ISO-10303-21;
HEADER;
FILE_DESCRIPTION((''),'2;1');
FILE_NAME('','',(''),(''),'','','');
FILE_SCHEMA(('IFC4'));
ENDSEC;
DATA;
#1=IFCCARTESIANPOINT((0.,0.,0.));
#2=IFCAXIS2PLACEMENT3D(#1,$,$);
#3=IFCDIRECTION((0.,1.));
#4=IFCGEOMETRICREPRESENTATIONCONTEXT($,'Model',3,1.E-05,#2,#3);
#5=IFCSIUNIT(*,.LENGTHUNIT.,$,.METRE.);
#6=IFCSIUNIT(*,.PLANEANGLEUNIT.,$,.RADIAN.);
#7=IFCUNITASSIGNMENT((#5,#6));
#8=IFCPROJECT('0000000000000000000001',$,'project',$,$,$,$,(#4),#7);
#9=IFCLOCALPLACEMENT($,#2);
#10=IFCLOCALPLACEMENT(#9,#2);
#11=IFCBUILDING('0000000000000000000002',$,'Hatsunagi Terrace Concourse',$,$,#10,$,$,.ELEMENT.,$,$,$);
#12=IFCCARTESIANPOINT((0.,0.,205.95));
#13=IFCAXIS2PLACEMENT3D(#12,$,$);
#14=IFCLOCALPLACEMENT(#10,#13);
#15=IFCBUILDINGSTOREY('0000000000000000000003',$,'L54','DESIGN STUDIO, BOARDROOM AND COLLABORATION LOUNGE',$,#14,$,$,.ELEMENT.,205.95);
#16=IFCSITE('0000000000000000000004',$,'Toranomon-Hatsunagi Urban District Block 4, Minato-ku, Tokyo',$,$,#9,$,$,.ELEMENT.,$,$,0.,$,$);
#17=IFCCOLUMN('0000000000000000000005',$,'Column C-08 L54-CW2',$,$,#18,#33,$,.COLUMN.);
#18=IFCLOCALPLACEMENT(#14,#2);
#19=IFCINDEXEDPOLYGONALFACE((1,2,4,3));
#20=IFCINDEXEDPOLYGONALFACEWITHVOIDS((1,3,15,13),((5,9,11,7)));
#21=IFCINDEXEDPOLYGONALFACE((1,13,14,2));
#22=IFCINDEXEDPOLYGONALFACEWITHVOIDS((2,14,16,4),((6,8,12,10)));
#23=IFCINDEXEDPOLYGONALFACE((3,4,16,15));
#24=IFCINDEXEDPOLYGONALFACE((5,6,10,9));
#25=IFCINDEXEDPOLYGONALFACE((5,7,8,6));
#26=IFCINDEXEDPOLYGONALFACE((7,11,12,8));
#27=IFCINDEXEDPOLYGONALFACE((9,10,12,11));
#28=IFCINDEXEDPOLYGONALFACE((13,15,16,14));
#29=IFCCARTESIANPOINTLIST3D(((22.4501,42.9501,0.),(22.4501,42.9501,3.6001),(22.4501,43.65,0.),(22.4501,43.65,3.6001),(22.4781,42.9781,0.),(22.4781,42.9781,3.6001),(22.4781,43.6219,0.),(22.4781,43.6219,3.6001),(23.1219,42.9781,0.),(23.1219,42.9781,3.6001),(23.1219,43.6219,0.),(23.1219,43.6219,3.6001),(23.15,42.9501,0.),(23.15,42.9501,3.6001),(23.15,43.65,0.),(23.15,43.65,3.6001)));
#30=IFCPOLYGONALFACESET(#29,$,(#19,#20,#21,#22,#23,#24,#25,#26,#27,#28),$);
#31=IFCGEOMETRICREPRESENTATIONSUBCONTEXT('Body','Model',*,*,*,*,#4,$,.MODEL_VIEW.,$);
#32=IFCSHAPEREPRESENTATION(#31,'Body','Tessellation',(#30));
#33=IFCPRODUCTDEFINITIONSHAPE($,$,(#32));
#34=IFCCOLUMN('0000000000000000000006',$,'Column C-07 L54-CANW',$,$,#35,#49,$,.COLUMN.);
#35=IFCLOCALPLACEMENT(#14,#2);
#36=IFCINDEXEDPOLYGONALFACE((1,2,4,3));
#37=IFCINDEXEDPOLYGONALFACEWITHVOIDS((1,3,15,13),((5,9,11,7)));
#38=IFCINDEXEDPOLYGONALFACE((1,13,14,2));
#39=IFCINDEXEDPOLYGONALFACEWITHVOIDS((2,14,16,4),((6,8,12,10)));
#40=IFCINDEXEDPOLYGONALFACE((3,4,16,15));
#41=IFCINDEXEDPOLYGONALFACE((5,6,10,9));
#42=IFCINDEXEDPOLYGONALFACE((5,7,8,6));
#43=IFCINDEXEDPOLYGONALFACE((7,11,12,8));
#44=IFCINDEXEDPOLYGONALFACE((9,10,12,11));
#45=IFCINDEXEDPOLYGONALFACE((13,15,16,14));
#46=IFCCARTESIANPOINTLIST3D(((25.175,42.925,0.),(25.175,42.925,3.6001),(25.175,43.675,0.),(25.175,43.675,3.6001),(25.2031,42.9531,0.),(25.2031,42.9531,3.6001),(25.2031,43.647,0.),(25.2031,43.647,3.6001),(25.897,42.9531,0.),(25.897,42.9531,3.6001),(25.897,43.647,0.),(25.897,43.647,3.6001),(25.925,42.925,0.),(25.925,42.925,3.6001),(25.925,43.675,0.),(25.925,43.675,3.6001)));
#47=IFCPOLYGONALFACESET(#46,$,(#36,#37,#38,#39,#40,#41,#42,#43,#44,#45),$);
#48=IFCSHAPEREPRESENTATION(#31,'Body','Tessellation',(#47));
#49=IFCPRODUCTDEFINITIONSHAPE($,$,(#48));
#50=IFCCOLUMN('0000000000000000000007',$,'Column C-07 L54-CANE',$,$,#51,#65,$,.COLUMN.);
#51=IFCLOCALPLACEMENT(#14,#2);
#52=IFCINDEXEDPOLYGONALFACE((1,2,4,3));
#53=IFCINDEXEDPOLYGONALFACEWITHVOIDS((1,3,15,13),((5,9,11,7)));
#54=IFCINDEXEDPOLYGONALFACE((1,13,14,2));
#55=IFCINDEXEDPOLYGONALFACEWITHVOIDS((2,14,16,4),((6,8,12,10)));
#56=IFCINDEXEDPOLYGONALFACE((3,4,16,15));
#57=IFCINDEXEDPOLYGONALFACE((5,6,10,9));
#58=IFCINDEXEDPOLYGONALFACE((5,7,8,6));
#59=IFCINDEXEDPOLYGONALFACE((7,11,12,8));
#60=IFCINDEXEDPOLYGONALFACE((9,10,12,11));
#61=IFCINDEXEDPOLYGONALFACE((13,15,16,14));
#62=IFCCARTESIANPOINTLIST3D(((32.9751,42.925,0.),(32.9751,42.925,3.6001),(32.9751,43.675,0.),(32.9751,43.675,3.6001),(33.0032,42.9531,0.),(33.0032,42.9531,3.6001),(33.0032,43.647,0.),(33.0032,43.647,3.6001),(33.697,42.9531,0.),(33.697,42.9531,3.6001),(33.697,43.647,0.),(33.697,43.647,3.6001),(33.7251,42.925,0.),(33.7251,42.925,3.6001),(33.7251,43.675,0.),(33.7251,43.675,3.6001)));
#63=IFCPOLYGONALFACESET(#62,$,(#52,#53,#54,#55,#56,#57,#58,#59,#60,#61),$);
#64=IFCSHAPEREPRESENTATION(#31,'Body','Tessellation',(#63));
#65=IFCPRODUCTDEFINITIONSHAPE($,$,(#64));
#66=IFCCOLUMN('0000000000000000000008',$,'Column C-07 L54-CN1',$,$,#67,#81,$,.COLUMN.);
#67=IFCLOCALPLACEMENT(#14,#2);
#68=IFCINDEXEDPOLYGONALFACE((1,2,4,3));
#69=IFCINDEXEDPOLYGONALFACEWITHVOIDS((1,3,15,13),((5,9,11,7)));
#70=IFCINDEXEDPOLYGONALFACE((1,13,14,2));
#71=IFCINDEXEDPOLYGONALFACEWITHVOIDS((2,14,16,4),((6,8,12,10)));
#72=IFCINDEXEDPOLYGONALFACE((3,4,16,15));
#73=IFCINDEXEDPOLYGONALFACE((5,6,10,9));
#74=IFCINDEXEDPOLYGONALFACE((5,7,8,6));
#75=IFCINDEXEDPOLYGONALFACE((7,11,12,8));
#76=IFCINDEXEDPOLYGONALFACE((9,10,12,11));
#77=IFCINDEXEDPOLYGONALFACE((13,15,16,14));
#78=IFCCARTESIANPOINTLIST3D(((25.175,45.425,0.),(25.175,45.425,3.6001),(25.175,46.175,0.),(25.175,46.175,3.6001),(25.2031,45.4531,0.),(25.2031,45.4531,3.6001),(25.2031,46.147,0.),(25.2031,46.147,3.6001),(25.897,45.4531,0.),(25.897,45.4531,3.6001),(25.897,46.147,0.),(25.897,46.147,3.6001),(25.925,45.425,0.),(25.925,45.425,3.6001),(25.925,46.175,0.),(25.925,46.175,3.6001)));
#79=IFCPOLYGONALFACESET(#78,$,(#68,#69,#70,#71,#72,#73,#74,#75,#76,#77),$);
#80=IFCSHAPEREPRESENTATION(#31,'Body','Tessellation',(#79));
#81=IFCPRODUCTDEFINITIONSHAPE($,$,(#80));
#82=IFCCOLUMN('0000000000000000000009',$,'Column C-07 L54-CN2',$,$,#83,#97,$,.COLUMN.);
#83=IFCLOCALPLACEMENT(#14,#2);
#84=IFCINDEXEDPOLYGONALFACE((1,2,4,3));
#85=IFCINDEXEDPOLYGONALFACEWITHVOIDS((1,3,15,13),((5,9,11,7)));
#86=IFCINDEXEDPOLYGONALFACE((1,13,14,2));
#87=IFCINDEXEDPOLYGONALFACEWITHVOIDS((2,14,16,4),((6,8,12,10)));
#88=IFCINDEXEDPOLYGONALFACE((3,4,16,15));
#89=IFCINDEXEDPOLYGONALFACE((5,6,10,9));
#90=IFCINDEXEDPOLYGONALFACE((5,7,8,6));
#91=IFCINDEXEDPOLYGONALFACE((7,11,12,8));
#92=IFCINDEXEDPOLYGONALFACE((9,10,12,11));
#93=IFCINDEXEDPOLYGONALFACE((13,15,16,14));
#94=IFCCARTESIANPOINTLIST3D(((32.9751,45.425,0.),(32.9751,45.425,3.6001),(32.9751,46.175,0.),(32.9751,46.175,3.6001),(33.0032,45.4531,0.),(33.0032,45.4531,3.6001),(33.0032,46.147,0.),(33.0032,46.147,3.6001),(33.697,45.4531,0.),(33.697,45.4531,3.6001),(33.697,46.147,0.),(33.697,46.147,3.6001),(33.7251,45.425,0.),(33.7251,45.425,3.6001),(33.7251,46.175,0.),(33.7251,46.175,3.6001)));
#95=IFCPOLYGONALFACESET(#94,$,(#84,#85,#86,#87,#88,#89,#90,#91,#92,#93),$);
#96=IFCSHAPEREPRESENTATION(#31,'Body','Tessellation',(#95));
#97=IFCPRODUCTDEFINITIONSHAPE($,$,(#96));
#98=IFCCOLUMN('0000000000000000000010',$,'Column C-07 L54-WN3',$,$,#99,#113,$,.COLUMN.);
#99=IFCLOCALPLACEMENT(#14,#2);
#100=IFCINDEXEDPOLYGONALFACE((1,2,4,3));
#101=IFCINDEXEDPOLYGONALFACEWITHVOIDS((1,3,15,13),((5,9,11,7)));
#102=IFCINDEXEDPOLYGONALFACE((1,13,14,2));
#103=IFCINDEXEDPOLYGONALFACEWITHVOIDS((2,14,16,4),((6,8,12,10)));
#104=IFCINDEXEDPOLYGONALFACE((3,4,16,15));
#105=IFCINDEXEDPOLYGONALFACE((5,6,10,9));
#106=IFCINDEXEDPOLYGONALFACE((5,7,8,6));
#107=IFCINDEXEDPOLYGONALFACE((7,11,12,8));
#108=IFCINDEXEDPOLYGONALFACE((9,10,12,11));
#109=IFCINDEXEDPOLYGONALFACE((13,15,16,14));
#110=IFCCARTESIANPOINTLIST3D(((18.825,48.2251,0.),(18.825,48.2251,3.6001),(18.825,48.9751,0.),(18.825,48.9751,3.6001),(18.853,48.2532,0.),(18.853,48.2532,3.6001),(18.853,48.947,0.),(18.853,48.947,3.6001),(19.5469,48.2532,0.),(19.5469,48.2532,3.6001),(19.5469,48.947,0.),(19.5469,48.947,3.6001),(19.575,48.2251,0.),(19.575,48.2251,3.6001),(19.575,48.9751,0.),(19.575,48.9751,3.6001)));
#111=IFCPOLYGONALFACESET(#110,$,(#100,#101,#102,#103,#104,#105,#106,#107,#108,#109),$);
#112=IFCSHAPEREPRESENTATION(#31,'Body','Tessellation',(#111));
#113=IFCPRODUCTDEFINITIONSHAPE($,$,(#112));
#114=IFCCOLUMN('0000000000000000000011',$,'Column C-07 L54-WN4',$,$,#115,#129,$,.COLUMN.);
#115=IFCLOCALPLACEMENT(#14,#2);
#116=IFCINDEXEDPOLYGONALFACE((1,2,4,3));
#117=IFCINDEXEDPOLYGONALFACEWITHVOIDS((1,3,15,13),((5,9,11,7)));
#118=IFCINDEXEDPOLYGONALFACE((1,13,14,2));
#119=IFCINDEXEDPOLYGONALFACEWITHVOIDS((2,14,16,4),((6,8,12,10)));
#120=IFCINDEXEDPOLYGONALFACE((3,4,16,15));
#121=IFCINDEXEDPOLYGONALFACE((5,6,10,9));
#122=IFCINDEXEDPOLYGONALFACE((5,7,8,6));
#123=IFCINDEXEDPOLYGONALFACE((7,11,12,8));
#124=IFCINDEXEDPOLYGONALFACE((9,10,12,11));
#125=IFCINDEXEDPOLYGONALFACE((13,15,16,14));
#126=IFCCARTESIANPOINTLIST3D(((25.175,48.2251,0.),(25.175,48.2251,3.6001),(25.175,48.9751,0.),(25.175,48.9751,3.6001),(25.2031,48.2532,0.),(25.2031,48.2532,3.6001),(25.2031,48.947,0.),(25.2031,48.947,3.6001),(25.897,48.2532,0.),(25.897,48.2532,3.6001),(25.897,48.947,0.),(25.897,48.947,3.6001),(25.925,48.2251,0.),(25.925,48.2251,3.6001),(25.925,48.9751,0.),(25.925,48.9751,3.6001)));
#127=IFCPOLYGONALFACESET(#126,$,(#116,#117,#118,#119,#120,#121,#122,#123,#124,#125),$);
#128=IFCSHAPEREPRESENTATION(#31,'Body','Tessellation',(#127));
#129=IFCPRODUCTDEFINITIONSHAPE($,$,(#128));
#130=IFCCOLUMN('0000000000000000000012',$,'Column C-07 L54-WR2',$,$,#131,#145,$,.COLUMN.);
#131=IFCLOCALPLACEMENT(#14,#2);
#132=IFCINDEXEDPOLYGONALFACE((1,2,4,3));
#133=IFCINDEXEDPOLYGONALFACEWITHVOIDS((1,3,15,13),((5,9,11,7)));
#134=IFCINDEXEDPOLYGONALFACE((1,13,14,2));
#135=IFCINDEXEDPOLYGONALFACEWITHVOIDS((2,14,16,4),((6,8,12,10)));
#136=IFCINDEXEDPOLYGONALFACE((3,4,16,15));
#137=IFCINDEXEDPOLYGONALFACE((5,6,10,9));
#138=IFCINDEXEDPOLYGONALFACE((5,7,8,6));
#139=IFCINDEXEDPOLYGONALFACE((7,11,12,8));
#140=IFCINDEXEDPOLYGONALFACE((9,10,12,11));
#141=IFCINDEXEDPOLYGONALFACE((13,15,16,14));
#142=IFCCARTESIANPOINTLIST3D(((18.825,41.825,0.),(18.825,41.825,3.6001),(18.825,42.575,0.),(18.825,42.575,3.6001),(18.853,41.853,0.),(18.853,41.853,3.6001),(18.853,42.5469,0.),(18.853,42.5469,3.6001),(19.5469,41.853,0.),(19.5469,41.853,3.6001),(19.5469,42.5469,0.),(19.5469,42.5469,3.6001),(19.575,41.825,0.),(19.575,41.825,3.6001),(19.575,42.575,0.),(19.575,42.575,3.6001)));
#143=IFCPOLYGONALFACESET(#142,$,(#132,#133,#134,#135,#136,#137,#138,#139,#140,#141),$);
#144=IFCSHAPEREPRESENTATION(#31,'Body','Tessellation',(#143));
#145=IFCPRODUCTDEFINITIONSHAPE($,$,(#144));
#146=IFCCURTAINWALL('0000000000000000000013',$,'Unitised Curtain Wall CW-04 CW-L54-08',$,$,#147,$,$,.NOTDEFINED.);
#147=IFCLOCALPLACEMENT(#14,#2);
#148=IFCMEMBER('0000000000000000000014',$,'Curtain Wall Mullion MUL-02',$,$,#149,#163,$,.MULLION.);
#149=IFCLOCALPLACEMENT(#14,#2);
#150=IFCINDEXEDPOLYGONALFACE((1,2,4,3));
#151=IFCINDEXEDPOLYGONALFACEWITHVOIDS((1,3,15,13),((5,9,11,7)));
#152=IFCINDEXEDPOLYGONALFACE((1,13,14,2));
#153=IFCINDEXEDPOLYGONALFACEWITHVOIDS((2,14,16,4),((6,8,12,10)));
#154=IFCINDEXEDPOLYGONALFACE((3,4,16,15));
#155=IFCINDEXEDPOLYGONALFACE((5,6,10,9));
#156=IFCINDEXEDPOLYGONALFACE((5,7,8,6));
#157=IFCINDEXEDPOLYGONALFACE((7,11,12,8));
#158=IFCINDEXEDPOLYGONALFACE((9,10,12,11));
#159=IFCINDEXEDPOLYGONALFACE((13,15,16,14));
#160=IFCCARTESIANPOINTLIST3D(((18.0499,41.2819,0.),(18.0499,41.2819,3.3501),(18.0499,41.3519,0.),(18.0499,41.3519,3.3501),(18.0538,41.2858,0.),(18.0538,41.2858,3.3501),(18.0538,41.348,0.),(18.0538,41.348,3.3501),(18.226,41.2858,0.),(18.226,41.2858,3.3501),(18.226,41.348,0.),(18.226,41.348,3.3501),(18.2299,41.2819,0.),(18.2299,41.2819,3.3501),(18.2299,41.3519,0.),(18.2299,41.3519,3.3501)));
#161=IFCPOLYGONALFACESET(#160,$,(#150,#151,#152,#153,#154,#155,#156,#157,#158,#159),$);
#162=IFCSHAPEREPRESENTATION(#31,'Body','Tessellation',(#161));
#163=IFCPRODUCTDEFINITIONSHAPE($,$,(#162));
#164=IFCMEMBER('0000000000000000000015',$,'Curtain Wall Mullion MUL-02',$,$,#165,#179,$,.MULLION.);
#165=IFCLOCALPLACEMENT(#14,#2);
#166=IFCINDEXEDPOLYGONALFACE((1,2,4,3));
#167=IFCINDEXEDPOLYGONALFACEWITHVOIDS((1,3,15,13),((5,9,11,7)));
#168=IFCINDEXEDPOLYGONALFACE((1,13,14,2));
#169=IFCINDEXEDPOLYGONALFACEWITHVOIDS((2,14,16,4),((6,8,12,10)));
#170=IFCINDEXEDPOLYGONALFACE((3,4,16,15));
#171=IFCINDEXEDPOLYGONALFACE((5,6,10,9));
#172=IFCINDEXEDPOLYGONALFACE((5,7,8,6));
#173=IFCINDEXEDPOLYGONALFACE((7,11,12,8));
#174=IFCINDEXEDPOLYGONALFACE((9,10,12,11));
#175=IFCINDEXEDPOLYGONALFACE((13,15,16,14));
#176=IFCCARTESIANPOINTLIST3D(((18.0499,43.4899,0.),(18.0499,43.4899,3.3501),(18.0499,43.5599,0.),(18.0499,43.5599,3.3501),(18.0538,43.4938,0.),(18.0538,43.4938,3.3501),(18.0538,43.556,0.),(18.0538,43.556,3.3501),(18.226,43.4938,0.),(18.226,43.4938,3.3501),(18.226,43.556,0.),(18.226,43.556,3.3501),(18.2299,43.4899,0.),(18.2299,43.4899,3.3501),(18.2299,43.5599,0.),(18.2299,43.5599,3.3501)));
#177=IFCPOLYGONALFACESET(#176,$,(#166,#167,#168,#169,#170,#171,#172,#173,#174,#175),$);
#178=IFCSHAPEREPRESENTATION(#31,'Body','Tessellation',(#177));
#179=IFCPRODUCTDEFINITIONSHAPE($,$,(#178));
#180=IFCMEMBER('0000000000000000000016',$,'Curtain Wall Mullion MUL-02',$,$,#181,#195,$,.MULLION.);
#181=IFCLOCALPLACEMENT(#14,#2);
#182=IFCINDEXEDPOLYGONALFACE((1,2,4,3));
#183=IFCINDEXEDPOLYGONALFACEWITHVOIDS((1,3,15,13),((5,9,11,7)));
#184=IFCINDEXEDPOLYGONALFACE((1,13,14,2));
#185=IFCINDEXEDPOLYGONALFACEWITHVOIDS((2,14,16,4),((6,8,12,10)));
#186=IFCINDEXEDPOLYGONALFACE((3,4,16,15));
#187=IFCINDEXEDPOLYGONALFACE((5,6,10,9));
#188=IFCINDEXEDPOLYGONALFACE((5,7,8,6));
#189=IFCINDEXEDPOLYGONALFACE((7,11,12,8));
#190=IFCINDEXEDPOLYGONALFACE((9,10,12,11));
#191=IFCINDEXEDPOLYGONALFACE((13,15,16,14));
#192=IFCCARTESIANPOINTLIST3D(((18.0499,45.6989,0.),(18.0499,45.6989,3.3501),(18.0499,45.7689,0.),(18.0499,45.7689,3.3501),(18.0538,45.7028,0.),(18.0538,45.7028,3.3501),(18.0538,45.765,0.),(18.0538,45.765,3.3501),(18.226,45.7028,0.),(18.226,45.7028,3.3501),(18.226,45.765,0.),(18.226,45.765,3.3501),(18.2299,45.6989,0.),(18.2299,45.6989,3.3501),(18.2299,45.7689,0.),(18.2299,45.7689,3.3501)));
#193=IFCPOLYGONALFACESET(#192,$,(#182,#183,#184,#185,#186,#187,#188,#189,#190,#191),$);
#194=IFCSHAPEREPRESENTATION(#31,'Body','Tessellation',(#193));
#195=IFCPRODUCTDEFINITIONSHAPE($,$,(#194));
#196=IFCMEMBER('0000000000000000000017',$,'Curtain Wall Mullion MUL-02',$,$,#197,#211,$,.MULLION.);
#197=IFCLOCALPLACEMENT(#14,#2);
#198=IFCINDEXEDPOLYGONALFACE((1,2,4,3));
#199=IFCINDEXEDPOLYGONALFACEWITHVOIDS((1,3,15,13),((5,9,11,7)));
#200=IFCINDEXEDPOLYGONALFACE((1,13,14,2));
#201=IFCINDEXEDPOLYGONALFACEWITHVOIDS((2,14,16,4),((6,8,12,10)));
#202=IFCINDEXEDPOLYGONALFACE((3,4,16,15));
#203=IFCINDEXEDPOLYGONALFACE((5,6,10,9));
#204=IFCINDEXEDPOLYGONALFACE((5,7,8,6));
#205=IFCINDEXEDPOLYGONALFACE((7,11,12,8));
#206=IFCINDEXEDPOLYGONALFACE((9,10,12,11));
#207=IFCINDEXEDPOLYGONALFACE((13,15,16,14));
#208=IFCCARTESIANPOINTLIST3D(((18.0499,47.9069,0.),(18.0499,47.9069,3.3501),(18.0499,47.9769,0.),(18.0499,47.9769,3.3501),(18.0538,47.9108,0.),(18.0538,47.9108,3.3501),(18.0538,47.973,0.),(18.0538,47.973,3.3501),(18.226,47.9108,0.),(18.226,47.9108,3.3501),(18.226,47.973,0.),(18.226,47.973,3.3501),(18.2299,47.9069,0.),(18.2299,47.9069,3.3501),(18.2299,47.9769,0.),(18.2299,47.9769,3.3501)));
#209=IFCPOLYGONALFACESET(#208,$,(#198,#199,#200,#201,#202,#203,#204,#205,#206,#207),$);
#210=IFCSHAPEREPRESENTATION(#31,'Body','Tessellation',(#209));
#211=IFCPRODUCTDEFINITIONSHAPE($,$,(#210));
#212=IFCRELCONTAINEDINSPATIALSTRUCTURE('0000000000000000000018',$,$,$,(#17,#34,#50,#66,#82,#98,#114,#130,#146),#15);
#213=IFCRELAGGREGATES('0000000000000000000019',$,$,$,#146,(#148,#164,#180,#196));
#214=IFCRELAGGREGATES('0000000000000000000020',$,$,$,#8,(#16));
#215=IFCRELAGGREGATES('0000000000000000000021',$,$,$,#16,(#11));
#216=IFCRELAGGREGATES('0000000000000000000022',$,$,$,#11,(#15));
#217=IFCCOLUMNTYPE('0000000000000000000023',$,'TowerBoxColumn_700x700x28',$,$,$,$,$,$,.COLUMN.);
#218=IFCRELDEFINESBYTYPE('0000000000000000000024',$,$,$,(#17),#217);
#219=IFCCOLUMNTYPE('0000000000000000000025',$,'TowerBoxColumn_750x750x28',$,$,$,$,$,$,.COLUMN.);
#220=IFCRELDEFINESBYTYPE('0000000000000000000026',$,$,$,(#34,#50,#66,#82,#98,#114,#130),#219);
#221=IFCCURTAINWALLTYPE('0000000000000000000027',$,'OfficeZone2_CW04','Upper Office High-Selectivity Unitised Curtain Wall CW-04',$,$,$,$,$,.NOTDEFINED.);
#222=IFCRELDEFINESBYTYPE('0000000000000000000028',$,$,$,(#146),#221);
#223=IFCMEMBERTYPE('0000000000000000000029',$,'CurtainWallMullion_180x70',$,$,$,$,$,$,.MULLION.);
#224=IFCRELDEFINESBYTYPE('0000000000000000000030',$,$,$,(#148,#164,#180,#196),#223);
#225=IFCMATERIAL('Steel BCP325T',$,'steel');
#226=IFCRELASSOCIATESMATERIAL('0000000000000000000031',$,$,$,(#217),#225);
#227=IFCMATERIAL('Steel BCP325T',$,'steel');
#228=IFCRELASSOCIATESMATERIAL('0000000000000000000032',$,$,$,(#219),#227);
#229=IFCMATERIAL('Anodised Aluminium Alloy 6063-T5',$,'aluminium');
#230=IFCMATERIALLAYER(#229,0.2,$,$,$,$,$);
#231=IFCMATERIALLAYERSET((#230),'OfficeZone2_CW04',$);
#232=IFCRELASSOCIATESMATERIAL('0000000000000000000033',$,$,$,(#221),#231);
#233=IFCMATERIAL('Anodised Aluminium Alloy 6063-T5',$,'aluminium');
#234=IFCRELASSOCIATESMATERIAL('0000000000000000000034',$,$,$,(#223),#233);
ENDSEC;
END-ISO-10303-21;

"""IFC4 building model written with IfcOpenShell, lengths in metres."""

from ifc_helpers import new_model, si_unit, direction, frame, origin, origin_2d, place, context, subcontext, project, spatial, hollow_rectangle, extrude, material, layer, layer_set, material_profile, profile_set, type_object, element, aggregate, save


model = new_model("IFC4")

# Units and contexts
model_context = context("Model", 3, precision=1e-05, world=origin(), true_north=direction((0.0, 1.0)))
body_context = subcontext(model_context, "Body", "Model", "MODEL_VIEW")
ifc_project = project(units=[si_unit("LENGTHUNIT", "METRE"), si_unit("PLANEANGLEUNIT", "RADIAN")], contexts=[model_context])

# Site, building, storey
site_placement = place(None, origin())
site = spatial("IfcSite", under=ifc_project, at=site_placement, Name="Toranomon-Hatsunagi Urban District Block 4, Minato-ku, Tokyo", CompositionType="ELEMENT", RefElevation=0.0)
building_placement = place(site_placement, origin())
building = spatial("IfcBuilding", under=site, at=building_placement, Name="Hatsunagi Terrace Concourse", CompositionType="ELEMENT")
storey_placement = place(building_placement, frame((0.0, 0.0, 205.95)))
storey = spatial("IfcBuildingStorey", under=building, at=storey_placement, Name="L54", Description="DESIGN STUDIO, BOARDROOM AND COLLABORATION LOUNGE", CompositionType="ELEMENT", Elevation=205.95)

# Columns
ifc_material_1 = material(Name="Steel BCP325T", Category="steel")
ifc_material_profile_1 = material_profile(ifc_material_1, hollow_rectangle(XDim=0.7, YDim=0.7, WallThickness=0.0281, at=origin_2d()), Name="BCP-700x700x28")
ifc_profile_set_1 = profile_set([ifc_material_profile_1], Name="Steel BCP325T")
column_type_1 = type_object("IfcColumnType", Name="TowerBoxColumn_700x700x28", PredefinedType="COLUMN", material=ifc_profile_set_1)
column_placement = place(storey_placement, frame((22.8, 43.3, 0.0), z_axis=(0.0, 0.0, 1.0), x_axis=(1.0, 0.0, 0.0)))
element("IfcColumn", 1, at=column_placement, inside=storey, type_object=column_type_1, Name="Column C-08 L54-CW2", PredefinedType="COLUMN", context=body_context, shape_type="SweptSolid", body=[
    extrude(hollow_rectangle(XDim=0.7, YDim=0.7, WallThickness=0.0281, at=origin_2d()), origin(), (0.0, 0.0, 1.0), 3.6001),
])
ifc_material_2 = material(Name="Steel BCP325T", Category="steel")
ifc_material_profile_2 = material_profile(ifc_material_2, hollow_rectangle(XDim=0.75, YDim=0.75, WallThickness=0.0281, at=origin_2d()), Name="BCP-750x750x28")
ifc_profile_set_2 = profile_set([ifc_material_profile_2], Name="Steel BCP325T")
column_type_2 = type_object("IfcColumnType", Name="TowerBoxColumn_750x750x28", PredefinedType="COLUMN", material=ifc_profile_set_2)
for number, where, z_axis, x_axis, name in (
    (2, (25.55, 43.3, 0.0), (0.0, 0.0, 1.0), (1.0, 0.0, 0.0), "Column C-07 L54-CANW"),
    (3, (33.3501, 43.3, 0.0), (0.0, 0.0, 1.0), (1.0, 0.0, 0.0), "Column C-07 L54-CANE"),
    (4, (25.55, 45.8, 0.0), (0.0, 0.0, 1.0), (1.0, 0.0, 0.0), "Column C-07 L54-CN1"),
    (5, (33.3501, 45.8, 0.0), (0.0, 0.0, 1.0), (1.0, 0.0, 0.0), "Column C-07 L54-CN2"),
    (6, (19.2, 48.6001, 0.0), (0.0, 0.0, 1.0), (1.0, 0.0, 0.0), "Column C-07 L54-WN3"),
    (7, (25.55, 48.6001, 0.0), (0.0, 0.0, 1.0), (1.0, 0.0, 0.0), "Column C-07 L54-WN4"),
    (8, (19.2, 42.2, 0.0), (0.0, 0.0, 1.0), (1.0, 0.0, 0.0), "Column C-07 L54-WR2"),
):
    element("IfcColumn", number, at=place(storey_placement, frame(where, z_axis=z_axis, x_axis=x_axis)), inside=storey, type_object=column_type_2, Name=name, PredefinedType="COLUMN", context=body_context, shape_type="SweptSolid", body=[
        extrude(hollow_rectangle(XDim=0.75, YDim=0.75, WallThickness=0.0281, at=origin_2d()), origin(), (0.0, 0.0, 1.0), 3.6001),
    ])

# Curtain wall, members
ifc_material_3 = material(Name="Anodised Aluminium Alloy 6063-T5", Category="aluminium")
ifc_layer_1 = layer(ifc_material_3, 0.2)
ifc_layer_set_1 = layer_set([ifc_layer_1], Name="OfficeZone2_CW04")
curtain_wall_type = type_object("IfcCurtainWallType", Name="OfficeZone2_CW04", Description="Upper Office High-Selectivity Unitised Curtain Wall CW-04", PredefinedType="NOTDEFINED", material=ifc_layer_set_1)
curtain_wall_placement = place(storey_placement, origin())
curtain_wall = element("IfcCurtainWall", 9, at=curtain_wall_placement, inside=storey, type_object=curtain_wall_type, Name="Unitised Curtain Wall CW-04 CW-L54-08", PredefinedType="NOTDEFINED")
ifc_material_4 = material(Name="Anodised Aluminium Alloy 6063-T5", Category="aluminium")
ifc_material_profile_3 = material_profile(ifc_material_4, hollow_rectangle(XDim=0.0701, YDim=0.1799, WallThickness=0.0039, at=origin_2d()), Name="ALU-MUL-180x70x4")
ifc_profile_set_3 = profile_set([ifc_material_profile_3], Name="Anodised Aluminium Alloy 6063-T5")
member_type = type_object("IfcMemberType", Name="CurtainWallMullion_180x70", PredefinedType="MULLION", material=ifc_profile_set_3)
member_1_placement = place(storey_placement, frame((18.1399, 41.3169, 0.0), z_axis=(0.0, 0.0, 1.0), x_axis=(0.0, 1.0, 0.0)))
member_1 = element("IfcMember", 10, at=member_1_placement, type_object=member_type, Name="Curtain Wall Mullion MUL-02", PredefinedType="MULLION", context=body_context, shape_type="SweptSolid", body=[
    extrude(hollow_rectangle(XDim=0.0701, YDim=0.1799, WallThickness=0.0039, at=origin_2d()), origin(), (0.0, 0.0, 1.0), 3.3501),
])
member_2_placement = place(storey_placement, frame((18.1399, 43.5249, 0.0), z_axis=(0.0, 0.0, 1.0), x_axis=(0.0, 1.0, 0.0)))
member_2 = element("IfcMember", 11, at=member_2_placement, type_object=member_type, Name="Curtain Wall Mullion MUL-02", PredefinedType="MULLION", context=body_context, shape_type="SweptSolid", body=[
    extrude(hollow_rectangle(XDim=0.0701, YDim=0.1799, WallThickness=0.0039, at=origin_2d()), origin(), (0.0, 0.0, 1.0), 3.3501),
])
member_3_placement = place(storey_placement, frame((18.1399, 45.7339, 0.0), z_axis=(0.0, 0.0, 1.0), x_axis=(0.0, 1.0, 0.0)))
member_3 = element("IfcMember", 12, at=member_3_placement, type_object=member_type, Name="Curtain Wall Mullion MUL-02", PredefinedType="MULLION", context=body_context, shape_type="SweptSolid", body=[
    extrude(hollow_rectangle(XDim=0.0701, YDim=0.1799, WallThickness=0.0039, at=origin_2d()), origin(), (0.0, 0.0, 1.0), 3.3501),
])
member_4_placement = place(storey_placement, frame((18.1399, 47.9419, 0.0), z_axis=(0.0, 0.0, 1.0), x_axis=(0.0, 1.0, 0.0)))
member_4 = element("IfcMember", 13, at=member_4_placement, type_object=member_type, Name="Curtain Wall Mullion MUL-02", PredefinedType="MULLION", context=body_context, shape_type="SweptSolid", body=[
    extrude(hollow_rectangle(XDim=0.0701, YDim=0.1799, WallThickness=0.0039, at=origin_2d()), origin(), (0.0, 0.0, 1.0), 3.3501),
])

aggregate(curtain_wall, [member_1, member_2, member_3, member_4])

save(model, "model.ifc")
